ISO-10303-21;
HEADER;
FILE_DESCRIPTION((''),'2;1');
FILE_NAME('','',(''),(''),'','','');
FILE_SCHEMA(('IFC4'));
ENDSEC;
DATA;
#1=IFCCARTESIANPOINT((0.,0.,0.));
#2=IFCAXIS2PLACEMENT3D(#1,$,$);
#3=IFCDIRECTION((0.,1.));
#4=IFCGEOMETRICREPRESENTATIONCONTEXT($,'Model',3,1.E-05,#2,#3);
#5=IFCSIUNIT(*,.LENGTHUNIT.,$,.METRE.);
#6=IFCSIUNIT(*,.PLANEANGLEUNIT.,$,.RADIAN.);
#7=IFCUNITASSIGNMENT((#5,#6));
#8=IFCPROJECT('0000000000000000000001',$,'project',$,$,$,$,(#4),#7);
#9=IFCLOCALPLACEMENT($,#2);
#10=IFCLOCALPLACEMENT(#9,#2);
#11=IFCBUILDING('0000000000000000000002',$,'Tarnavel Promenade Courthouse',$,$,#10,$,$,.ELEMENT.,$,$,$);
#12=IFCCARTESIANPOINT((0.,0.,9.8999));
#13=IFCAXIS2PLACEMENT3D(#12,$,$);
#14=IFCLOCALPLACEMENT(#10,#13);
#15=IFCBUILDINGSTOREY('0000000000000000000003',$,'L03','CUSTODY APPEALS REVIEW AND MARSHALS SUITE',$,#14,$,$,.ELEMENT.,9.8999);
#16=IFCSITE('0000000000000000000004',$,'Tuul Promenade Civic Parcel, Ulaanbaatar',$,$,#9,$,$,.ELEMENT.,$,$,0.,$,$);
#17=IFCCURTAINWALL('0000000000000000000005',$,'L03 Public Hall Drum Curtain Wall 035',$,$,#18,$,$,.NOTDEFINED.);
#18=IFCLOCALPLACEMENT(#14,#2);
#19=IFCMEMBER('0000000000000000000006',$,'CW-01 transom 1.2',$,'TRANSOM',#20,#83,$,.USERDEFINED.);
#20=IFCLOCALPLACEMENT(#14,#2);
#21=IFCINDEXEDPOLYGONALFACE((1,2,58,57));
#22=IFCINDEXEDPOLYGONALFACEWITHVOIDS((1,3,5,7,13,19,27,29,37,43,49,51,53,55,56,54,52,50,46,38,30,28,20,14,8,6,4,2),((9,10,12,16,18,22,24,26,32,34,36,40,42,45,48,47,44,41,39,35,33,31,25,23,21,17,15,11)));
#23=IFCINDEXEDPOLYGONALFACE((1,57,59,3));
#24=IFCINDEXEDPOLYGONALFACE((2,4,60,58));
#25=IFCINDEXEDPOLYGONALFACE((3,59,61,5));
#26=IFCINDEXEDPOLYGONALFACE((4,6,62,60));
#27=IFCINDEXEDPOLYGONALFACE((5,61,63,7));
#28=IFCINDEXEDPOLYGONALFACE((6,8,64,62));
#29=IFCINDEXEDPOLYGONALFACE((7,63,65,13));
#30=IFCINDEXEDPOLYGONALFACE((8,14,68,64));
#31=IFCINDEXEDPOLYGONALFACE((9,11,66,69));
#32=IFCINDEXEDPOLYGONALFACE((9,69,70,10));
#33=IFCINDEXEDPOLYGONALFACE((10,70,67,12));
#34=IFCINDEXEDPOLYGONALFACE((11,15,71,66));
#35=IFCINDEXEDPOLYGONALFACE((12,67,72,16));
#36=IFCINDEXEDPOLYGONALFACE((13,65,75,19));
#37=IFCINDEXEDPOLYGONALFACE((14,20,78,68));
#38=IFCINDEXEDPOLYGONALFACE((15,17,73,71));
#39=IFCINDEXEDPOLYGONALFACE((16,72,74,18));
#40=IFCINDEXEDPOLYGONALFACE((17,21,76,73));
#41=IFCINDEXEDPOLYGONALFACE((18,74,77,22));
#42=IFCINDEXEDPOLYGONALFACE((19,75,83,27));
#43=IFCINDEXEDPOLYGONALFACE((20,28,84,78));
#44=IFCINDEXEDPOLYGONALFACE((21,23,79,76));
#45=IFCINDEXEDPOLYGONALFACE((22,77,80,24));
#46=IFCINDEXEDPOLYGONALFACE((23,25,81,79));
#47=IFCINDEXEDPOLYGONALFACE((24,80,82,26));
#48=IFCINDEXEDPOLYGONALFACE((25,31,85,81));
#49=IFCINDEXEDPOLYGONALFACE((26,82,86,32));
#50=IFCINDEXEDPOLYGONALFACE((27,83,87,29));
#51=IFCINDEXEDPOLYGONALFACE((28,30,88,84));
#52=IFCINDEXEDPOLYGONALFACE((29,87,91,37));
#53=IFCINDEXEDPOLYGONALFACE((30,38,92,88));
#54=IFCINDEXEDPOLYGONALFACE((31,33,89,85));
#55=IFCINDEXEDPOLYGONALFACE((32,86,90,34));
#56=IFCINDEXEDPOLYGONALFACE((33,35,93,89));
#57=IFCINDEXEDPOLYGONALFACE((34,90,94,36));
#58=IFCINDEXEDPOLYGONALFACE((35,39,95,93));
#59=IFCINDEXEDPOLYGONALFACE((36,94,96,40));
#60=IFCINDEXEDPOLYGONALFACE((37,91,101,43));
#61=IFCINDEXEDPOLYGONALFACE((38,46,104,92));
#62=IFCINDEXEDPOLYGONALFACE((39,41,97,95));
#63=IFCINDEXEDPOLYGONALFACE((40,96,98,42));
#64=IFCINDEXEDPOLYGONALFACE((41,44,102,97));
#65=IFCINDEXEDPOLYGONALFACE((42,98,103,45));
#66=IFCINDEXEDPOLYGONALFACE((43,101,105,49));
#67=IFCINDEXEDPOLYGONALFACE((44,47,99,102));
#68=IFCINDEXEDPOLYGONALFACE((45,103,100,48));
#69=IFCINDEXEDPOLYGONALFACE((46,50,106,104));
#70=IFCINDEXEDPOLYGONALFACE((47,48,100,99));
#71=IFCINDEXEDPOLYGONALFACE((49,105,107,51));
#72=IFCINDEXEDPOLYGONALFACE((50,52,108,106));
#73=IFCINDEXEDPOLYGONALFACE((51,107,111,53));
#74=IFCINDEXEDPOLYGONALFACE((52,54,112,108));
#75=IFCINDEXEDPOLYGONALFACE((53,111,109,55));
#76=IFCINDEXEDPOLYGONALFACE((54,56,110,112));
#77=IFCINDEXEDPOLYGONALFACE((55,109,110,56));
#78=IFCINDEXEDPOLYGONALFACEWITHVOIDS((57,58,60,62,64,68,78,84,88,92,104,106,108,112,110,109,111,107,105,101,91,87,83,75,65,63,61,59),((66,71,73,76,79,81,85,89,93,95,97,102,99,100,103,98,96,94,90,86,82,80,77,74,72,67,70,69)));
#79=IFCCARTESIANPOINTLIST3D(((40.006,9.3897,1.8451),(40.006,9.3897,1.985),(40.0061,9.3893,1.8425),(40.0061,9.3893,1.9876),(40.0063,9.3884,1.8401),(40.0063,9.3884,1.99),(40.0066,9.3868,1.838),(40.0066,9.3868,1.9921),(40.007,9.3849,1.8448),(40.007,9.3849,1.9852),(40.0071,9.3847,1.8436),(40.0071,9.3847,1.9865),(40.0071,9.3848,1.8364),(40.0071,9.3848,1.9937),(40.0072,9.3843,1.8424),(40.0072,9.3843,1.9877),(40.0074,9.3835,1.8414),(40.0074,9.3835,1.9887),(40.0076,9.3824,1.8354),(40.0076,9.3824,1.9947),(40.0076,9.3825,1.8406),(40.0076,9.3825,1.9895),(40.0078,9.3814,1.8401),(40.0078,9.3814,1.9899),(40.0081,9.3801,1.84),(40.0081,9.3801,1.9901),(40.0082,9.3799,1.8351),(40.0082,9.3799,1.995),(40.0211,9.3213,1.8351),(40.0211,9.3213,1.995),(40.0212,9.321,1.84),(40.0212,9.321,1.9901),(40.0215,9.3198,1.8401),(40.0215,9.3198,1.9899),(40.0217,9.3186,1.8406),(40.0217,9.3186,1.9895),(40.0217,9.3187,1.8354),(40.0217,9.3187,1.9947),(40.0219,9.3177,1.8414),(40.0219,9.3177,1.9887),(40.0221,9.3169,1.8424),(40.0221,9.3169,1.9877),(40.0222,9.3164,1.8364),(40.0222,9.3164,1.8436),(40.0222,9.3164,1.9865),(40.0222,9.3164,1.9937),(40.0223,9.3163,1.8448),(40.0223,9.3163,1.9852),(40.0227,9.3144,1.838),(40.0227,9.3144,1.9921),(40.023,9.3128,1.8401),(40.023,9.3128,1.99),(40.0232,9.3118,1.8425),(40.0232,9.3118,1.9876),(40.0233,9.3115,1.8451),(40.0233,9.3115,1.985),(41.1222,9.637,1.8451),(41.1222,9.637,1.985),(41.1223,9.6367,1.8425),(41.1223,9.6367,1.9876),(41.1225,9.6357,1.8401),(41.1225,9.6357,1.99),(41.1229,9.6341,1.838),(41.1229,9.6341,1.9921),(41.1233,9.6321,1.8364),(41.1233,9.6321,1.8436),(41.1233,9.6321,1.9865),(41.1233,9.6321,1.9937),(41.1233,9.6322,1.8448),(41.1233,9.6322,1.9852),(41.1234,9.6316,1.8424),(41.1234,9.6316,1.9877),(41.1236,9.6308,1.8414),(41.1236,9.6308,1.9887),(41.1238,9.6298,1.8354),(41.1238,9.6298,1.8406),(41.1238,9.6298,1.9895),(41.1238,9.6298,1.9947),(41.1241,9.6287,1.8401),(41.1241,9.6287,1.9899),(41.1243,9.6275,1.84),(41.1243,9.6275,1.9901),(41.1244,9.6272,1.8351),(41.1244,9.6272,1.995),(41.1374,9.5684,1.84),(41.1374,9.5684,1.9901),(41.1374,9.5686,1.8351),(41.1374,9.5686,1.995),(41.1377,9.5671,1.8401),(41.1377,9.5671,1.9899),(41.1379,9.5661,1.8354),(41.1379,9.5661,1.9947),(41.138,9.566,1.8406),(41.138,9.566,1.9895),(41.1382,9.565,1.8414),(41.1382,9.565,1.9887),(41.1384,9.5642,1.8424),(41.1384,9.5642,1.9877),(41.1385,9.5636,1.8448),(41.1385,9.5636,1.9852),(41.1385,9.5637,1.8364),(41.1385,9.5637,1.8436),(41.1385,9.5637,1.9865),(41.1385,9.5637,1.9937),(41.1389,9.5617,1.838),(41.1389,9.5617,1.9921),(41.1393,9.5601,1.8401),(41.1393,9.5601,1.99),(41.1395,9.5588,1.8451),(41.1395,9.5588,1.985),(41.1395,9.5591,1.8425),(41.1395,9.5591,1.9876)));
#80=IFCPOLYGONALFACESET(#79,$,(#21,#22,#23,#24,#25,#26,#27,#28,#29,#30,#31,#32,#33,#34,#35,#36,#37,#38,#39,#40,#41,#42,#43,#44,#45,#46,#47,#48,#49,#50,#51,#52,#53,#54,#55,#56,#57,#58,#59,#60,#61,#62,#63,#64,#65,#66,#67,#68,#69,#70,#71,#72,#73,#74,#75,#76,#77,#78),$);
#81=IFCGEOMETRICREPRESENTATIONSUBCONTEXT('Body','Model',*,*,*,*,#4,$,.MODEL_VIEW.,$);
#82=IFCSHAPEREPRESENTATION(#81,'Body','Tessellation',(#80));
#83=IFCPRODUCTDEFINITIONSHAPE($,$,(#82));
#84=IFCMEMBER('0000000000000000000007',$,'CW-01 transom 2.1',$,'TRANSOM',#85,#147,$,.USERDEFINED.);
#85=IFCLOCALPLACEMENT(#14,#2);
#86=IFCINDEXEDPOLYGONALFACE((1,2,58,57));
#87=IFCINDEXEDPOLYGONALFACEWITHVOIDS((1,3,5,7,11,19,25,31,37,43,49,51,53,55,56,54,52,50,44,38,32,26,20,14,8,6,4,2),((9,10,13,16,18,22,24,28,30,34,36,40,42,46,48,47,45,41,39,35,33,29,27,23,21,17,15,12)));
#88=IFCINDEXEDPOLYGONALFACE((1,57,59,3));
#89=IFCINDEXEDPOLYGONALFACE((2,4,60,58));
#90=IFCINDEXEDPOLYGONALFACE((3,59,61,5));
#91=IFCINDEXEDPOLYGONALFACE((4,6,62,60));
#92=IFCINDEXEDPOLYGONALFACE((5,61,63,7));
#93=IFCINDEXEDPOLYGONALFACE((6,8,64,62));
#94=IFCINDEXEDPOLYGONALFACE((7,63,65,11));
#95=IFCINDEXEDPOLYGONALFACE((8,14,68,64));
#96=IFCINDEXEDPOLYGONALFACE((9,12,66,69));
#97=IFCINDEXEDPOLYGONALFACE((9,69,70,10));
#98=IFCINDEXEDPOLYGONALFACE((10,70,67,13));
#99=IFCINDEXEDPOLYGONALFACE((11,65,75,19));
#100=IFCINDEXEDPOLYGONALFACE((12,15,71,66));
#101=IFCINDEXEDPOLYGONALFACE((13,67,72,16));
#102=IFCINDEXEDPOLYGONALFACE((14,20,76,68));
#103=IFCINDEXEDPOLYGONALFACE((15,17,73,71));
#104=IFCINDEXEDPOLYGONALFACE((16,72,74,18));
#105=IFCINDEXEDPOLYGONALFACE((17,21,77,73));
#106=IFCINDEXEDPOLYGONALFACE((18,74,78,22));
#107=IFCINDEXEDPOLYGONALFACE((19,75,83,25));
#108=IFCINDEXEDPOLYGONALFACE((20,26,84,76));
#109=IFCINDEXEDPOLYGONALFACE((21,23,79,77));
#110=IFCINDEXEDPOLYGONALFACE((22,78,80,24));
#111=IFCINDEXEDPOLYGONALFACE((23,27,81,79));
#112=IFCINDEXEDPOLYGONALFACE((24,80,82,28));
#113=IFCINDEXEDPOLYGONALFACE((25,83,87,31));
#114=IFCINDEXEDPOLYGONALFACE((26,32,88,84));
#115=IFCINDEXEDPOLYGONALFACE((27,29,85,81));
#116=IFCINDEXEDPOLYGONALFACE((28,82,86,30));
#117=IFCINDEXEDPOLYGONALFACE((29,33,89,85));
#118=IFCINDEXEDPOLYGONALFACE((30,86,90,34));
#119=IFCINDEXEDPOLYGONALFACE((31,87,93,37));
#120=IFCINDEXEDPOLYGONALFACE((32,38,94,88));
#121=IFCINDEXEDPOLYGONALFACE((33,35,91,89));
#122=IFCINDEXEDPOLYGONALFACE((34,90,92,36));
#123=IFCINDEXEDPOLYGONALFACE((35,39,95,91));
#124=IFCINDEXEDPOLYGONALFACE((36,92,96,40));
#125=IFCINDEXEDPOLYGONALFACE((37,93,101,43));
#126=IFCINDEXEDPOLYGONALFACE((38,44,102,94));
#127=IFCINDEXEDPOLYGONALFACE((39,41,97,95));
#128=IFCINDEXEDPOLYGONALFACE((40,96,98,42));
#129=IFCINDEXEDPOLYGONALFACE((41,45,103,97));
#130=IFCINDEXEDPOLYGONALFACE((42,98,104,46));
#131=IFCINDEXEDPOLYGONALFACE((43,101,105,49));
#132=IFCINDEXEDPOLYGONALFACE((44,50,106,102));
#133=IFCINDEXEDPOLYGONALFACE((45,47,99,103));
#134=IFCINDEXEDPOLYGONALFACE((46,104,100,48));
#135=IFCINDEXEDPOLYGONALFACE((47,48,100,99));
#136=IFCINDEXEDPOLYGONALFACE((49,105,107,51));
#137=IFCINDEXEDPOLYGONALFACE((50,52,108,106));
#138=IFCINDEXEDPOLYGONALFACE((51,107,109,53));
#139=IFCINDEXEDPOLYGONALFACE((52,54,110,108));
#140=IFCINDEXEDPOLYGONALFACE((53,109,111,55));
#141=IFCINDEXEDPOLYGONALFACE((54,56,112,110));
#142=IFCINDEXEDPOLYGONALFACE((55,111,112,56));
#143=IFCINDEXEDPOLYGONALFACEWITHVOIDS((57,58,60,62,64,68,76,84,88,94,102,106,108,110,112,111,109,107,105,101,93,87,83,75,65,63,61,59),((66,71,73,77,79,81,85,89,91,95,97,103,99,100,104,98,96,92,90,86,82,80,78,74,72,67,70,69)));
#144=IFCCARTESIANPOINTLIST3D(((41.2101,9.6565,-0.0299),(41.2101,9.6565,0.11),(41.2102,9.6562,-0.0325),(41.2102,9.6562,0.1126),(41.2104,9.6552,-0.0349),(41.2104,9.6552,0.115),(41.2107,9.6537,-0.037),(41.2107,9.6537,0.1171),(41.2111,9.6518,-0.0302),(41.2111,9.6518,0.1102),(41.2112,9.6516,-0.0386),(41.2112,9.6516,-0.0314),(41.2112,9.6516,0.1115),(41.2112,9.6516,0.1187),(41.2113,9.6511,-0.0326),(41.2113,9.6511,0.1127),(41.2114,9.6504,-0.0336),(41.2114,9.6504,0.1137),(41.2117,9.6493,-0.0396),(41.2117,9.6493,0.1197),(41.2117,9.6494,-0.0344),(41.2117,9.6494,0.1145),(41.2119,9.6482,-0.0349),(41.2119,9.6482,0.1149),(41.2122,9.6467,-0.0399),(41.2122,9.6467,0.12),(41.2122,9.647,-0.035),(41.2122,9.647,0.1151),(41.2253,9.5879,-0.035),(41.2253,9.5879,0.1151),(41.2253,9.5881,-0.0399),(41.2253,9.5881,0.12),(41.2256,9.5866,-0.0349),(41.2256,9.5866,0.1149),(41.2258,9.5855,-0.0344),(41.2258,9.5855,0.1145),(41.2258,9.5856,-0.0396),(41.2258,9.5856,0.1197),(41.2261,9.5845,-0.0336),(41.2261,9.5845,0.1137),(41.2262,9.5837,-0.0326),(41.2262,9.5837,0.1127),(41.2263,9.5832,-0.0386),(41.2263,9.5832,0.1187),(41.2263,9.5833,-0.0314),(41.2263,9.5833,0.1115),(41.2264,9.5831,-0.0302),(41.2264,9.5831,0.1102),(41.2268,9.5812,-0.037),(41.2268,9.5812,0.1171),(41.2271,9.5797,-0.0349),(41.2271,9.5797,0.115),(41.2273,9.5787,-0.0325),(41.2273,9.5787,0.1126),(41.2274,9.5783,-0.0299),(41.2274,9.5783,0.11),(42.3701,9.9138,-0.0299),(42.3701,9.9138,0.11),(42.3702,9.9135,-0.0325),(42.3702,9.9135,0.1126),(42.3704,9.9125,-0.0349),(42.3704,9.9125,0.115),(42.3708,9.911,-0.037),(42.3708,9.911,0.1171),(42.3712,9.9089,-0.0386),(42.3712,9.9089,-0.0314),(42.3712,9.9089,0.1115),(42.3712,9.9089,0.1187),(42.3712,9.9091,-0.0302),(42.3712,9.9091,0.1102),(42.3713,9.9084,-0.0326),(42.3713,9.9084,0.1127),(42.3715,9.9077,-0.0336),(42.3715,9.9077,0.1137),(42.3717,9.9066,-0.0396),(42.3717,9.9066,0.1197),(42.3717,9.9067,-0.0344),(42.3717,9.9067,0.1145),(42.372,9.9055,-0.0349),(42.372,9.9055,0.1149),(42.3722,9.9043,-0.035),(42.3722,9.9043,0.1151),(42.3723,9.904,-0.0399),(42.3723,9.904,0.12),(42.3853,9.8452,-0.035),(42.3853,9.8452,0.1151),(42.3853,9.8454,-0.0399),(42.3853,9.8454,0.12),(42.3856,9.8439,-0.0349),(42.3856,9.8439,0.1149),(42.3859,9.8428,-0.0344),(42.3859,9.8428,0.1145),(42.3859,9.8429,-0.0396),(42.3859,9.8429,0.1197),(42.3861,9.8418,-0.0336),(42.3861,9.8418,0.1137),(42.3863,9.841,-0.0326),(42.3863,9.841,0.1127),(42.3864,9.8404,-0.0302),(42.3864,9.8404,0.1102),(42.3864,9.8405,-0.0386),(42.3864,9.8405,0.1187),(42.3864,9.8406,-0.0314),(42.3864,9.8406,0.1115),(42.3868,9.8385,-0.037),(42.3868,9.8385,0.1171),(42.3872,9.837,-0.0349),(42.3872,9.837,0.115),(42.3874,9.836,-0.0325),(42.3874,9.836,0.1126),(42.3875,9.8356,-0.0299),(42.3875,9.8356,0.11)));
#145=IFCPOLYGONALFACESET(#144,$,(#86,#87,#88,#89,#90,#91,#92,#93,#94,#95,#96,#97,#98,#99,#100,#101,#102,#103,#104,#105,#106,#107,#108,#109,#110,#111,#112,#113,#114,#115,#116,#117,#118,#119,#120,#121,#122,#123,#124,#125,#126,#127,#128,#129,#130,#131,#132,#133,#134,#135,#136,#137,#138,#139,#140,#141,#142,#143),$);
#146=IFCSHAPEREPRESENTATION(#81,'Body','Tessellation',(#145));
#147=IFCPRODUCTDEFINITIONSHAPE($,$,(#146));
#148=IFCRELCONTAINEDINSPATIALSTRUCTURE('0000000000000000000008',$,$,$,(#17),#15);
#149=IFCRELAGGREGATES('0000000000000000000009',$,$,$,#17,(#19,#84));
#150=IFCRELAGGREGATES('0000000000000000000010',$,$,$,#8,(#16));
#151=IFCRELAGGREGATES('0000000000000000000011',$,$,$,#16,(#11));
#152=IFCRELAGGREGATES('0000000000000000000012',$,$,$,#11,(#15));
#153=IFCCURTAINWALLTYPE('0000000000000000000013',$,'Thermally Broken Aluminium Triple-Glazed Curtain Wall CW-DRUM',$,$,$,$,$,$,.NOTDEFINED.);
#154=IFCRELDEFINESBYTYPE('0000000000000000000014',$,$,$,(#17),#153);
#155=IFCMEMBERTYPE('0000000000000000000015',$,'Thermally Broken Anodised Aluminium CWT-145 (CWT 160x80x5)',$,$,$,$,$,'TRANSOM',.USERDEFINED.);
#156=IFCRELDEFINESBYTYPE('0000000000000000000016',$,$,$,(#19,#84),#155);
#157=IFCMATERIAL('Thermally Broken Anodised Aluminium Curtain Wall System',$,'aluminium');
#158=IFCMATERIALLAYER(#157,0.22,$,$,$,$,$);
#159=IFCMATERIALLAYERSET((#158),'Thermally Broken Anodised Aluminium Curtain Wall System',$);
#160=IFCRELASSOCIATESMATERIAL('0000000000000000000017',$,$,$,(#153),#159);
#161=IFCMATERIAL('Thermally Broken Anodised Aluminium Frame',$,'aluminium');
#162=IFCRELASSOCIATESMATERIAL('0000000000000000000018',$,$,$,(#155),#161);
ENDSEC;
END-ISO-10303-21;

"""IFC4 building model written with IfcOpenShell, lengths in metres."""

from ifc_helpers import new_model, si_unit, direction, frame, origin, origin_2d, place, context, subcontext, project, spatial, hollow_rectangle, extrude, material, layer, layer_set, material_profile, profile_set, type_object, element, aggregate, save


model = new_model("IFC4")

# Units and contexts
model_context = context("Model", 3, precision=1e-05, world=origin(), true_north=direction((0.0, 1.0)))
body_context = subcontext(model_context, "Body", "Model", "MODEL_VIEW")
ifc_project = project(units=[si_unit("LENGTHUNIT", "METRE"), si_unit("PLANEANGLEUNIT", "RADIAN")], contexts=[model_context])

# Site, building, storey
site_placement = place(None, origin())
site = spatial("IfcSite", under=ifc_project, at=site_placement, Name="Tuul Promenade Civic Parcel, Ulaanbaatar", CompositionType="ELEMENT", RefElevation=0.0)
building_placement = place(site_placement, origin())
building = spatial("IfcBuilding", under=site, at=building_placement, Name="Tarnavel Promenade Courthouse", CompositionType="ELEMENT")
storey_placement = place(building_placement, frame((0.0, 0.0, 9.8999)))
storey = spatial("IfcBuildingStorey", under=building, at=storey_placement, Name="L03", Description="CUSTODY APPEALS REVIEW AND MARSHALS SUITE", CompositionType="ELEMENT", Elevation=9.8999)

# Shared definitions
ifc_material_1 = material(Name="Thermally Broken Anodised Aluminium Curtain Wall System", Category="aluminium")
ifc_layer_1 = layer(ifc_material_1, 0.22)
ifc_layer_set_1 = layer_set([ifc_layer_1], Name="Thermally Broken Anodised Aluminium Curtain Wall System")
curtain_wall_type = type_object("IfcCurtainWallType", Name="Thermally Broken Aluminium Triple-Glazed Curtain Wall CW-DRUM", PredefinedType="NOTDEFINED", material=ifc_layer_set_1)
ifc_material_2 = material(Name="Thermally Broken Anodised Aluminium Frame", Category="aluminium")

# Curtain wall
curtain_wall_1_placement = place(storey_placement, origin())
curtain_wall_1 = element("IfcCurtainWall", 1, at=curtain_wall_1_placement, inside=storey, type_object=curtain_wall_type, Name="L03 Public Hall Drum Curtain Wall 035", PredefinedType="NOTDEFINED")

# Members
ifc_material_profile_1 = material_profile(ifc_material_2, hollow_rectangle(XDim=0.0801, YDim=0.1599, WallThickness=0.0049, InnerFilletRadius=0.0049, OuterFilletRadius=0.01, at=origin_2d()), Name="CWT 160x80x5")
ifc_profile_set_1 = profile_set([ifc_material_profile_1], Name="Thermally Broken Anodised Aluminium Frame")
member_type_1 = type_object("IfcMemberType", Name="Thermally Broken Anodised Aluminium CWT-145 (CWT 160x80x5)", ElementType="TRANSOM", PredefinedType="USERDEFINED", material=ifc_profile_set_1)
member_1_placement = place(storey_placement, frame((40.0146, 9.3506, 1.915), z_axis=(0.976323, 0.21632, 0.0), x_axis=(-0.21632, 0.976323, 0.0)))
member_1 = element("IfcMember", 2, at=member_1_placement, type_object=member_type_1, Name="CW-01 transom 1.2", ObjectType="TRANSOM", PredefinedType="USERDEFINED", context=body_context, shape_type="SweptSolid", body=[
    extrude(hollow_rectangle(XDim=0.0801, YDim=0.1599, WallThickness=0.0049, InnerFilletRadius=0.0049, OuterFilletRadius=0.01, at=origin_2d()), origin(), (0.0, 0.0, 1.0), 1.1433),
])
member_2_placement = place(storey_placement, frame((41.2188, 9.6174, 0.04), z_axis=(0.976274, 0.216539, 0.0), x_axis=(-0.216539, 0.976274, 0.0)))
member_2 = element("IfcMember", 3, at=member_2_placement, type_object=member_type_1, Name="CW-01 transom 2.1", ObjectType="TRANSOM", PredefinedType="USERDEFINED", context=body_context, shape_type="SweptSolid", body=[
    extrude(hollow_rectangle(XDim=0.0801, YDim=0.1599, WallThickness=0.0049, InnerFilletRadius=0.0049, OuterFilletRadius=0.01, at=origin_2d()), origin(), (0.0, 0.0, 1.0), 1.1882),
])

aggregate(curtain_wall_1, [member_1, member_2])

save(model, "model.ifc")
